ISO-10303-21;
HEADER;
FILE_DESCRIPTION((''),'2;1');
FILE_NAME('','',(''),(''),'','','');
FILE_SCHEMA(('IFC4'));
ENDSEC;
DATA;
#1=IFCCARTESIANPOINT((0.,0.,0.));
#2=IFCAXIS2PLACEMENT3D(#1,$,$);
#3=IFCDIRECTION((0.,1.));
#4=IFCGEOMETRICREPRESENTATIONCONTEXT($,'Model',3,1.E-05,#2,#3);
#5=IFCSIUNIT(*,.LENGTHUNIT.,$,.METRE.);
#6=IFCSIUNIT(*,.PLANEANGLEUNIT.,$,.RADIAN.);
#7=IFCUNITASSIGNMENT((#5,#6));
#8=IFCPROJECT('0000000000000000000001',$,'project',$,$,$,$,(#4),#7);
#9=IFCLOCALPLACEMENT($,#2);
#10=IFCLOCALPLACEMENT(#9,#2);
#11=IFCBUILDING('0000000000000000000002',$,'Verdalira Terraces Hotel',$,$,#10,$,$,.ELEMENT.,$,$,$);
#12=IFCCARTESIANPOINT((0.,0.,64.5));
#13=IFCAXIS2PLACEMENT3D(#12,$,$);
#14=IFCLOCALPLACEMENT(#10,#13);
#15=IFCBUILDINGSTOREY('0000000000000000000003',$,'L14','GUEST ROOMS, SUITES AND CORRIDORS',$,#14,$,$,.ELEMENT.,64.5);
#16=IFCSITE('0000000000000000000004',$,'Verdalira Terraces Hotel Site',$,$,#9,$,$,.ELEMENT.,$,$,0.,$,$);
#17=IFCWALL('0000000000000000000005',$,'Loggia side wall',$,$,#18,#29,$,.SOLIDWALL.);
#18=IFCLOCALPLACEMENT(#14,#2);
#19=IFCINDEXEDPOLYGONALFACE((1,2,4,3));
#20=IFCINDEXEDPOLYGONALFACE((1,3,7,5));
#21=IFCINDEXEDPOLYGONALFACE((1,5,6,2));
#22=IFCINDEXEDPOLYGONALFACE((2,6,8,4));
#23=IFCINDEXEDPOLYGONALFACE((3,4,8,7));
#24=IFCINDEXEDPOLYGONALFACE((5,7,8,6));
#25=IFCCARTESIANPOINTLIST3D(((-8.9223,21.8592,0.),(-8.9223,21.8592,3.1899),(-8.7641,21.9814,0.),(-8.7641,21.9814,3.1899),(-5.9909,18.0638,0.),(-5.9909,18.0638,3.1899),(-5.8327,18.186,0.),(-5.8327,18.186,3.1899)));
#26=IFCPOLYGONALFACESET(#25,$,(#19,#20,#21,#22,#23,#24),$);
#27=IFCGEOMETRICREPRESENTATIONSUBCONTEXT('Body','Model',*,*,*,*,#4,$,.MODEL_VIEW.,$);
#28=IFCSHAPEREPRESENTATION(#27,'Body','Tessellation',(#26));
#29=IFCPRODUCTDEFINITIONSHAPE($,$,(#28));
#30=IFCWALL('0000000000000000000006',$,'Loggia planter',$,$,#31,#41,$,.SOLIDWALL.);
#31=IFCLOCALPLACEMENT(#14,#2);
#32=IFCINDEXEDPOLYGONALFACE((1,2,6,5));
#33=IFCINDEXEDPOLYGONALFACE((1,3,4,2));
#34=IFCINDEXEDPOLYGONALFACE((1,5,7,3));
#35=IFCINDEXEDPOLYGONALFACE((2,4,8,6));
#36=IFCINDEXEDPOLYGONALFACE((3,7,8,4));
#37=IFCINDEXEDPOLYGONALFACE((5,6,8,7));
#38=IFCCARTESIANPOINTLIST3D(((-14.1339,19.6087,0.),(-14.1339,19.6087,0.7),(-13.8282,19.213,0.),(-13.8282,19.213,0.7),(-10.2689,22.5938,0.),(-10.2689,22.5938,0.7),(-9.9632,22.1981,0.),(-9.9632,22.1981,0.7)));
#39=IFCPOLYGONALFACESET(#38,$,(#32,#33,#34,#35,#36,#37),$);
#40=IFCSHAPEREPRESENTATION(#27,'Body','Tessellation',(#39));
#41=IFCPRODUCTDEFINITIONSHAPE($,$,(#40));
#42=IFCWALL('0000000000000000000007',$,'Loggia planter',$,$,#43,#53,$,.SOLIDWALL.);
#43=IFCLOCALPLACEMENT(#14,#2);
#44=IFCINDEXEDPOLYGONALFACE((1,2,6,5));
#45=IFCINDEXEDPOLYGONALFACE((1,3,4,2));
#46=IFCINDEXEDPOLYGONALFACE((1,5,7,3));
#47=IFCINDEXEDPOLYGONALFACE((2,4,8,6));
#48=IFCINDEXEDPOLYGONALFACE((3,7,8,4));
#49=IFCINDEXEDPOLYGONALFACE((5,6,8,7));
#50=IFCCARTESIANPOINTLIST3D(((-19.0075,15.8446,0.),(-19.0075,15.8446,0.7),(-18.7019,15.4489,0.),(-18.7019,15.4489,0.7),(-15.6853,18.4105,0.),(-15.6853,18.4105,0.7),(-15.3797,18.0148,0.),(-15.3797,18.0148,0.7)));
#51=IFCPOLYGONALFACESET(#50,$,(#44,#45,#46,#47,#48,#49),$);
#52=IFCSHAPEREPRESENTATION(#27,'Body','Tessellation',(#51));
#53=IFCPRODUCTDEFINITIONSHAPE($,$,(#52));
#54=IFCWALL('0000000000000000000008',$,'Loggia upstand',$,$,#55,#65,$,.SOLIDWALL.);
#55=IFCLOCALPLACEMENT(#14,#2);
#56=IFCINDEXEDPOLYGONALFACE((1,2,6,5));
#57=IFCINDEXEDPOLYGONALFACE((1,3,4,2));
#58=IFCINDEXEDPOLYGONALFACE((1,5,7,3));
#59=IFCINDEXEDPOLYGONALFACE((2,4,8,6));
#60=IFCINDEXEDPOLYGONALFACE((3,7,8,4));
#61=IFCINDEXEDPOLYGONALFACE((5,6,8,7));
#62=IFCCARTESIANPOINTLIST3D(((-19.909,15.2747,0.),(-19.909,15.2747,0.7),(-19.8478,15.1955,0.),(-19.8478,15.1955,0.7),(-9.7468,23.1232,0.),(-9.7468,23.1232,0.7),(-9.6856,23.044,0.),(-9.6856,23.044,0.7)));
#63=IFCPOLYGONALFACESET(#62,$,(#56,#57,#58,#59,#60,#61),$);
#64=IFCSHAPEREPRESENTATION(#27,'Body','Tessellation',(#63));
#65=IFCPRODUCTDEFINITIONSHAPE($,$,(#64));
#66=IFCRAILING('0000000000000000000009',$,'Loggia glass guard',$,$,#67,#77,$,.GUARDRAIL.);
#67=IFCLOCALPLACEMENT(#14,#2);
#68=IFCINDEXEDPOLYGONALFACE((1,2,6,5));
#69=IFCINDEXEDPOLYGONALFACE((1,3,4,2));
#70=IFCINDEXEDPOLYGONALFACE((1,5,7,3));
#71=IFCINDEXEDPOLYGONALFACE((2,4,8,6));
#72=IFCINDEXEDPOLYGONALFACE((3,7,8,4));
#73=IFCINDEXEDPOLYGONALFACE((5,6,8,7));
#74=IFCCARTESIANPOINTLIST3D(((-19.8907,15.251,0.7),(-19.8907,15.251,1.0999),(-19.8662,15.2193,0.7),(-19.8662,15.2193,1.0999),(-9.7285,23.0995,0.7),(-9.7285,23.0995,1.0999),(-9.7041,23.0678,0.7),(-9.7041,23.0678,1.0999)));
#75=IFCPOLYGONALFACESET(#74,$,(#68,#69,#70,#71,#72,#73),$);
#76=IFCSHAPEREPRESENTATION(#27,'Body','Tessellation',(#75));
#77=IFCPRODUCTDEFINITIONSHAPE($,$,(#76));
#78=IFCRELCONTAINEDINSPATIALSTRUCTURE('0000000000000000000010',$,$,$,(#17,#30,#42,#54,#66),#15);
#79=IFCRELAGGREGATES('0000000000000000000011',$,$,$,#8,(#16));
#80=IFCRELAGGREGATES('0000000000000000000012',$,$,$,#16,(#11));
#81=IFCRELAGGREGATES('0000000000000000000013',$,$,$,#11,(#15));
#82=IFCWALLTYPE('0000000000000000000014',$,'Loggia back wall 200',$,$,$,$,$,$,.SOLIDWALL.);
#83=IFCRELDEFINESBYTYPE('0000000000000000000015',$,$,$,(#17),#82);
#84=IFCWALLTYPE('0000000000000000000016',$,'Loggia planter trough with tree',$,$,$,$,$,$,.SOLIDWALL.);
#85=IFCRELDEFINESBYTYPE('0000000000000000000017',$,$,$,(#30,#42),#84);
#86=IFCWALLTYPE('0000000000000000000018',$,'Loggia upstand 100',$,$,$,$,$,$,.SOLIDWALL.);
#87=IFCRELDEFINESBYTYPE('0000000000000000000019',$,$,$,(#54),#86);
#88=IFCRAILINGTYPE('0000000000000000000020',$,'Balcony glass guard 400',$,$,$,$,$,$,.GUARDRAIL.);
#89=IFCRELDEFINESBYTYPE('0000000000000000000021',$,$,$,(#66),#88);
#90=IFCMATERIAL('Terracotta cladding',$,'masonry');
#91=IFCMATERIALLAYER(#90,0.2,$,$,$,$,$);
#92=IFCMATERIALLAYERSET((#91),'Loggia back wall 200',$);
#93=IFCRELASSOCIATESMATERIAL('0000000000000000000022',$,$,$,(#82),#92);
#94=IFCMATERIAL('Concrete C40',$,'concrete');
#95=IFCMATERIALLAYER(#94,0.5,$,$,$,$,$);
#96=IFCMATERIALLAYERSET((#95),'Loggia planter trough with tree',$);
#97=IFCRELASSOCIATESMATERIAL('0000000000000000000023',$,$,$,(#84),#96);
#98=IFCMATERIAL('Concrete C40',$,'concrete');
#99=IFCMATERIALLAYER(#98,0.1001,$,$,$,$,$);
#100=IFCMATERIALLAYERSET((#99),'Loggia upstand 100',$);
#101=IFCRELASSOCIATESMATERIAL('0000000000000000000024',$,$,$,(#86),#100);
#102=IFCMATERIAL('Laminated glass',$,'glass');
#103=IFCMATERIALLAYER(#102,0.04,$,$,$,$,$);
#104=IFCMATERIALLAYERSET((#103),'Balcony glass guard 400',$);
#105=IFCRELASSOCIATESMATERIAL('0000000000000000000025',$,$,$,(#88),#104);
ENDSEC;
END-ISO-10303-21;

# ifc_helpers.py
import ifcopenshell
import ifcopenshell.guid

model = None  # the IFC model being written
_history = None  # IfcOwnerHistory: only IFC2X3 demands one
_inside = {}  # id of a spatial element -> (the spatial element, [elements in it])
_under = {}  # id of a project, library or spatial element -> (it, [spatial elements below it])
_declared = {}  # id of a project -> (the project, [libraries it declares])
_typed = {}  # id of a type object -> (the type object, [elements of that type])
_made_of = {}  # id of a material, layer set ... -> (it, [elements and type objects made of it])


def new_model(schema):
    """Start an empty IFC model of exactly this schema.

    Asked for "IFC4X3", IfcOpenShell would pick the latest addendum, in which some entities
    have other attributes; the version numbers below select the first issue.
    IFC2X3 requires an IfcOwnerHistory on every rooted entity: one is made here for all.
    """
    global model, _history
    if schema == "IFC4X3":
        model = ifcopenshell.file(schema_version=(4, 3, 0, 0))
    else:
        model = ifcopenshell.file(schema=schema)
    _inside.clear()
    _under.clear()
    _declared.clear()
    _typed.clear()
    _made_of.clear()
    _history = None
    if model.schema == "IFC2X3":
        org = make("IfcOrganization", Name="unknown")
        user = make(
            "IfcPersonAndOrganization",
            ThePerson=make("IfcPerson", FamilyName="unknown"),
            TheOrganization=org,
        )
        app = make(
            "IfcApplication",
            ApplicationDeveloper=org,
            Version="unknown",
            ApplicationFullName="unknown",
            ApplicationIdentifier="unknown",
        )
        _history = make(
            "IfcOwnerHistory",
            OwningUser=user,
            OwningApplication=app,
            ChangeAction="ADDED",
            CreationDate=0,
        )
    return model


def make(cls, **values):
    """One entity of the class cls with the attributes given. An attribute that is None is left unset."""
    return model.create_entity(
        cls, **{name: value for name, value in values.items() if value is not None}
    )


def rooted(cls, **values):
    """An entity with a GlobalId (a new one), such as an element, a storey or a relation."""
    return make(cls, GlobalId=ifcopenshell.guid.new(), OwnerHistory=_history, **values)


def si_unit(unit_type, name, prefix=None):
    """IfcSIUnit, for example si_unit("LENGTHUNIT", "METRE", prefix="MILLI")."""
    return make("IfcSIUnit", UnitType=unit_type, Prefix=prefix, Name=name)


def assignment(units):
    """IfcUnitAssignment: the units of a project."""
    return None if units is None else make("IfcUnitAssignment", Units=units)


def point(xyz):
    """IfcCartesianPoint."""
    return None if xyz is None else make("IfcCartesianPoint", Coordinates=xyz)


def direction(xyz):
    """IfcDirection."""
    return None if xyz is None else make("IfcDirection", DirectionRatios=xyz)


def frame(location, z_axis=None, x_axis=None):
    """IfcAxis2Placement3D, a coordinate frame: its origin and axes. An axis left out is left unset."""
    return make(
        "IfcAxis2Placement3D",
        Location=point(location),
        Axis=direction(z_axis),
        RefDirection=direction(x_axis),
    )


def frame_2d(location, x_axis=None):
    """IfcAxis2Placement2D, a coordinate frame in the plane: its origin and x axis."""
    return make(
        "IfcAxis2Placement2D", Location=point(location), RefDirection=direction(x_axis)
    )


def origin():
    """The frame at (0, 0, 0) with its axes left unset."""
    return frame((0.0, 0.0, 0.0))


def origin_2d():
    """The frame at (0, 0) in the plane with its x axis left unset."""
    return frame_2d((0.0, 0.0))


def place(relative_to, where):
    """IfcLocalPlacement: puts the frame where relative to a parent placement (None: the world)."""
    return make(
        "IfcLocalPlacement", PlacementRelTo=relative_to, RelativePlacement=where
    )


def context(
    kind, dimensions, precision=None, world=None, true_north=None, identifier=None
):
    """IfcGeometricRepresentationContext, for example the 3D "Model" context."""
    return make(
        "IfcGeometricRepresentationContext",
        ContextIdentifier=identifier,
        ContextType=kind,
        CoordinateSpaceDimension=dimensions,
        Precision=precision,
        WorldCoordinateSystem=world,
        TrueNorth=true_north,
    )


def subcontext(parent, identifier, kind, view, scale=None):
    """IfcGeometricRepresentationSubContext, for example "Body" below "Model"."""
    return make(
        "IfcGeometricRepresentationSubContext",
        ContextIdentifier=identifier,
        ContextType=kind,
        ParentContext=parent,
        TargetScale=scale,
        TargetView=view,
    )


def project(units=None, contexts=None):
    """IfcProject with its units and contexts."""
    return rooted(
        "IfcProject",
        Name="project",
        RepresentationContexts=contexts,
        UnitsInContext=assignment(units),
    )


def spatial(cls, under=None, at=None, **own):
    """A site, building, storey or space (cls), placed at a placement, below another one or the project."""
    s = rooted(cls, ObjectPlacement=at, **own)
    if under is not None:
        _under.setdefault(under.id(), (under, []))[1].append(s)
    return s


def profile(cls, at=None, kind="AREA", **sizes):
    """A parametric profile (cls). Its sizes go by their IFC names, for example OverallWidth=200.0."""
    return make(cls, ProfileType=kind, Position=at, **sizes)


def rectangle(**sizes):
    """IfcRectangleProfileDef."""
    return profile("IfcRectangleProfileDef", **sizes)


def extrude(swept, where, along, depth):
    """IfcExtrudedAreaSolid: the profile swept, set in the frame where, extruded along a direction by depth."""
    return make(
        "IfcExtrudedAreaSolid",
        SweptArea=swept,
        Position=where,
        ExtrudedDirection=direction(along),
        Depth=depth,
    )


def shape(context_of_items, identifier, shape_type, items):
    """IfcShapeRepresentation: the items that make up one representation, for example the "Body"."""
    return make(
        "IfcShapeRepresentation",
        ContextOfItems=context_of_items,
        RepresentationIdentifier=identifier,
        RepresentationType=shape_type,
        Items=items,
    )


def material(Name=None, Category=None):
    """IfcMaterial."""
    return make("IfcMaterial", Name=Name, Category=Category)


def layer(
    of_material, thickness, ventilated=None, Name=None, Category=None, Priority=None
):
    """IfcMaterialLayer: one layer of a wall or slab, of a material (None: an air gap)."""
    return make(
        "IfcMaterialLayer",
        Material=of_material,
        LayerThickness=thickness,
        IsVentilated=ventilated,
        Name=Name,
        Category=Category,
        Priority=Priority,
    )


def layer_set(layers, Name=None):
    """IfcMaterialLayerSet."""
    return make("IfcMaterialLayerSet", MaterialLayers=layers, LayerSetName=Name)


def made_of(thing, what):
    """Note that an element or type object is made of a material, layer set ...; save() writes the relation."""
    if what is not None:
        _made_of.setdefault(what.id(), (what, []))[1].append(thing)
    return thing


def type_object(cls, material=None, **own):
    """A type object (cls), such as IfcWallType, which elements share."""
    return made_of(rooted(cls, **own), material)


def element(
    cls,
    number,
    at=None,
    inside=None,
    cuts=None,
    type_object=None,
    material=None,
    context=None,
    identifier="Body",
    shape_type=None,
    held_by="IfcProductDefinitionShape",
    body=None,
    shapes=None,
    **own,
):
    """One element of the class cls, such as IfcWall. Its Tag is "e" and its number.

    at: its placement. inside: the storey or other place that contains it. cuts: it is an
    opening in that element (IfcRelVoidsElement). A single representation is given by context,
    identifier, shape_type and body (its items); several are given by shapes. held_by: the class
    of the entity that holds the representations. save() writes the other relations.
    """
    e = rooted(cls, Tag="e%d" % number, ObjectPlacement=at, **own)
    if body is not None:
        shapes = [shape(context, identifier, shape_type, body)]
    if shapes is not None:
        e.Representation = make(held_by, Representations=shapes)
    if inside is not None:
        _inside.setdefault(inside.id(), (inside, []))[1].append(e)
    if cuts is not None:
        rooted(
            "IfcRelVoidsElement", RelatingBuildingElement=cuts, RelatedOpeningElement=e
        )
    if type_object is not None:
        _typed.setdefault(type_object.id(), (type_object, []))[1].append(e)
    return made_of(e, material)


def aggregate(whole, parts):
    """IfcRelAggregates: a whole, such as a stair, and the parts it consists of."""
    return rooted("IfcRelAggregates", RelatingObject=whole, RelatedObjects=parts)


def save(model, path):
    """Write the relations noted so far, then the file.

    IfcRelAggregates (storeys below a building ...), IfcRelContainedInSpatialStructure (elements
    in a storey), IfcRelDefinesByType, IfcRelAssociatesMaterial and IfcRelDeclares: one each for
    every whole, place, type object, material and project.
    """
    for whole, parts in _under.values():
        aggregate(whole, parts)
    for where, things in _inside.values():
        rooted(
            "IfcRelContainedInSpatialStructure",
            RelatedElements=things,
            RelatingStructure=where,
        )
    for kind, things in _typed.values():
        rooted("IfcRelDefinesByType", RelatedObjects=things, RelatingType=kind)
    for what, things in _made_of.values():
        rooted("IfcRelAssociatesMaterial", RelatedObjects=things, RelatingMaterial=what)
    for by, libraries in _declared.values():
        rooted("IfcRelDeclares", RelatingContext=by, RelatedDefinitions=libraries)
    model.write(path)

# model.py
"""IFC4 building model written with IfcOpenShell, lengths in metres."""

from ifc_helpers import new_model, si_unit, direction, frame, frame_2d, origin, origin_2d, place, context, subcontext, project, spatial, rectangle, extrude, material, layer, layer_set, type_object, element, save


model = new_model("IFC4")

# Units and contexts
model_context = context("Model", 3, precision=1e-05, world=origin(), true_north=direction((0.0, 1.0)))
body_context = subcontext(model_context, "Body", "Model", "MODEL_VIEW")
ifc_project = project(units=[si_unit("LENGTHUNIT", "METRE"), si_unit("PLANEANGLEUNIT", "RADIAN")], contexts=[model_context])

# Site, building, storey
site_placement = place(None, origin())
site = spatial("IfcSite", under=ifc_project, at=site_placement, Name="Verdalira Terraces Hotel Site", CompositionType="ELEMENT", RefElevation=0.0)
building_placement = place(site_placement, origin())
building = spatial("IfcBuilding", under=site, at=building_placement, Name="Verdalira Terraces Hotel", CompositionType="ELEMENT")
storey_placement = place(building_placement, frame((0.0, 0.0, 64.5)))
storey = spatial("IfcBuildingStorey", under=building, at=storey_placement, Name="L14", Description="GUEST ROOMS, SUITES AND CORRIDORS", CompositionType="ELEMENT", Elevation=64.5)

# Walls
ifc_material_1 = material(Name="Terracotta cladding", Category="masonry")
ifc_layer_1 = layer(ifc_material_1, 0.2)
ifc_layer_set_1 = layer_set([ifc_layer_1], Name="Loggia back wall 200")
wall_type_1 = type_object("IfcWallType", Name="Loggia back wall 200", PredefinedType="SOLIDWALL", material=ifc_layer_set_1)
wall_1_placement = place(storey_placement, frame((-8.8433, 21.9204, 0.0), z_axis=(0.0, 0.0, 1.0), x_axis=(0.611262, -0.791428, 0.0)))
element("IfcWall", 1, at=wall_1_placement, inside=storey, type_object=wall_type_1, Name="Loggia side wall", PredefinedType="SOLIDWALL", context=body_context, shape_type="SweptSolid", body=[
    extrude(rectangle(XDim=4.7957, YDim=0.2, at=frame_2d((2.3979, 0.0))), origin(), (0.0, 0.0, 1.0), 3.1899),
])
ifc_material_2 = material(Name="Concrete C40", Category="concrete")
ifc_layer_2 = layer(ifc_material_2, 0.5)
ifc_layer_set_2 = layer_set([ifc_layer_2], Name="Loggia planter trough with tree")
wall_type_2 = type_object("IfcWallType", Name="Loggia planter trough with tree", PredefinedType="SOLIDWALL", material=ifc_layer_set_2)
wall_2_placement = place(storey_placement, frame((-10.116, 22.396, 0.0), z_axis=(0.0, 0.0, 1.0), x_axis=(-0.791431, -0.611258, 0.0)))
element("IfcWall", 2, at=wall_2_placement, inside=storey, type_object=wall_type_2, Name="Loggia planter", PredefinedType="SOLIDWALL", context=body_context, shape_type="SweptSolid", body=[
    extrude(rectangle(XDim=4.8835, YDim=0.5, at=frame_2d((2.4419, 0.0))), origin(), (0.0, 0.0, 1.0), 0.7),
])
wall_3_placement = place(storey_placement, frame((-15.5325, 18.2126, 0.0), z_axis=(0.0, 0.0, 1.0), x_axis=(-0.791433, -0.611255, 0.0)))
element("IfcWall", 3, at=wall_3_placement, inside=storey, type_object=wall_type_2, Name="Loggia planter", PredefinedType="SOLIDWALL", context=body_context, shape_type="SweptSolid", body=[
    extrude(rectangle(XDim=4.1978, YDim=0.5, at=frame_2d((2.0989, 0.0))), origin(), (0.0, 0.0, 1.0), 0.7),
])
ifc_material_3 = material(Name="Concrete C40", Category="concrete")
ifc_layer_3 = layer(ifc_material_3, 0.1001)
ifc_layer_set_3 = layer_set([ifc_layer_3], Name="Loggia upstand 100")
wall_type_3 = type_object("IfcWallType", Name="Loggia upstand 100", PredefinedType="SOLIDWALL", material=ifc_layer_set_3)
wall_4_placement = place(storey_placement, frame((-9.7163, 23.0835, 0.0), z_axis=(0.0, 0.0, 1.0), x_axis=(-0.791441, -0.611245, 0.0)))
element("IfcWall", 4, at=wall_4_placement, inside=storey, type_object=wall_type_3, Name="Loggia upstand", PredefinedType="SOLIDWALL", context=body_context, shape_type="SweptSolid", body=[
    extrude(rectangle(XDim=12.8401, YDim=0.1001, at=frame_2d((6.4199, 0.0))), origin(), (0.0, 0.0, 1.0), 0.7),
])

# Railing
ifc_material_4 = material(Name="Laminated glass", Category="glass")
ifc_layer_4 = layer(ifc_material_4, 0.04)
ifc_layer_set_4 = layer_set([ifc_layer_4], Name="Balcony glass guard 400")
railing_type = type_object("IfcRailingType", Name="Balcony glass guard 400", PredefinedType="GUARDRAIL", material=ifc_layer_set_4)
railing_placement = place(storey_placement, frame((-14.7974, 19.1594, 0.7), z_axis=(0.0, 0.0, 1.0), x_axis=(-0.791437, -0.611251, 0.0)))
element("IfcRailing", 5, at=railing_placement, inside=storey, type_object=railing_type, Name="Loggia glass guard", PredefinedType="GUARDRAIL", context=body_context, shape_type="SweptSolid", body=[
    extrude(rectangle(XDim=12.8401, YDim=0.04, at=origin_2d()), origin(), (0.0, 0.0, 1.0), 0.3999),
])

save(model, "model.ifc")
